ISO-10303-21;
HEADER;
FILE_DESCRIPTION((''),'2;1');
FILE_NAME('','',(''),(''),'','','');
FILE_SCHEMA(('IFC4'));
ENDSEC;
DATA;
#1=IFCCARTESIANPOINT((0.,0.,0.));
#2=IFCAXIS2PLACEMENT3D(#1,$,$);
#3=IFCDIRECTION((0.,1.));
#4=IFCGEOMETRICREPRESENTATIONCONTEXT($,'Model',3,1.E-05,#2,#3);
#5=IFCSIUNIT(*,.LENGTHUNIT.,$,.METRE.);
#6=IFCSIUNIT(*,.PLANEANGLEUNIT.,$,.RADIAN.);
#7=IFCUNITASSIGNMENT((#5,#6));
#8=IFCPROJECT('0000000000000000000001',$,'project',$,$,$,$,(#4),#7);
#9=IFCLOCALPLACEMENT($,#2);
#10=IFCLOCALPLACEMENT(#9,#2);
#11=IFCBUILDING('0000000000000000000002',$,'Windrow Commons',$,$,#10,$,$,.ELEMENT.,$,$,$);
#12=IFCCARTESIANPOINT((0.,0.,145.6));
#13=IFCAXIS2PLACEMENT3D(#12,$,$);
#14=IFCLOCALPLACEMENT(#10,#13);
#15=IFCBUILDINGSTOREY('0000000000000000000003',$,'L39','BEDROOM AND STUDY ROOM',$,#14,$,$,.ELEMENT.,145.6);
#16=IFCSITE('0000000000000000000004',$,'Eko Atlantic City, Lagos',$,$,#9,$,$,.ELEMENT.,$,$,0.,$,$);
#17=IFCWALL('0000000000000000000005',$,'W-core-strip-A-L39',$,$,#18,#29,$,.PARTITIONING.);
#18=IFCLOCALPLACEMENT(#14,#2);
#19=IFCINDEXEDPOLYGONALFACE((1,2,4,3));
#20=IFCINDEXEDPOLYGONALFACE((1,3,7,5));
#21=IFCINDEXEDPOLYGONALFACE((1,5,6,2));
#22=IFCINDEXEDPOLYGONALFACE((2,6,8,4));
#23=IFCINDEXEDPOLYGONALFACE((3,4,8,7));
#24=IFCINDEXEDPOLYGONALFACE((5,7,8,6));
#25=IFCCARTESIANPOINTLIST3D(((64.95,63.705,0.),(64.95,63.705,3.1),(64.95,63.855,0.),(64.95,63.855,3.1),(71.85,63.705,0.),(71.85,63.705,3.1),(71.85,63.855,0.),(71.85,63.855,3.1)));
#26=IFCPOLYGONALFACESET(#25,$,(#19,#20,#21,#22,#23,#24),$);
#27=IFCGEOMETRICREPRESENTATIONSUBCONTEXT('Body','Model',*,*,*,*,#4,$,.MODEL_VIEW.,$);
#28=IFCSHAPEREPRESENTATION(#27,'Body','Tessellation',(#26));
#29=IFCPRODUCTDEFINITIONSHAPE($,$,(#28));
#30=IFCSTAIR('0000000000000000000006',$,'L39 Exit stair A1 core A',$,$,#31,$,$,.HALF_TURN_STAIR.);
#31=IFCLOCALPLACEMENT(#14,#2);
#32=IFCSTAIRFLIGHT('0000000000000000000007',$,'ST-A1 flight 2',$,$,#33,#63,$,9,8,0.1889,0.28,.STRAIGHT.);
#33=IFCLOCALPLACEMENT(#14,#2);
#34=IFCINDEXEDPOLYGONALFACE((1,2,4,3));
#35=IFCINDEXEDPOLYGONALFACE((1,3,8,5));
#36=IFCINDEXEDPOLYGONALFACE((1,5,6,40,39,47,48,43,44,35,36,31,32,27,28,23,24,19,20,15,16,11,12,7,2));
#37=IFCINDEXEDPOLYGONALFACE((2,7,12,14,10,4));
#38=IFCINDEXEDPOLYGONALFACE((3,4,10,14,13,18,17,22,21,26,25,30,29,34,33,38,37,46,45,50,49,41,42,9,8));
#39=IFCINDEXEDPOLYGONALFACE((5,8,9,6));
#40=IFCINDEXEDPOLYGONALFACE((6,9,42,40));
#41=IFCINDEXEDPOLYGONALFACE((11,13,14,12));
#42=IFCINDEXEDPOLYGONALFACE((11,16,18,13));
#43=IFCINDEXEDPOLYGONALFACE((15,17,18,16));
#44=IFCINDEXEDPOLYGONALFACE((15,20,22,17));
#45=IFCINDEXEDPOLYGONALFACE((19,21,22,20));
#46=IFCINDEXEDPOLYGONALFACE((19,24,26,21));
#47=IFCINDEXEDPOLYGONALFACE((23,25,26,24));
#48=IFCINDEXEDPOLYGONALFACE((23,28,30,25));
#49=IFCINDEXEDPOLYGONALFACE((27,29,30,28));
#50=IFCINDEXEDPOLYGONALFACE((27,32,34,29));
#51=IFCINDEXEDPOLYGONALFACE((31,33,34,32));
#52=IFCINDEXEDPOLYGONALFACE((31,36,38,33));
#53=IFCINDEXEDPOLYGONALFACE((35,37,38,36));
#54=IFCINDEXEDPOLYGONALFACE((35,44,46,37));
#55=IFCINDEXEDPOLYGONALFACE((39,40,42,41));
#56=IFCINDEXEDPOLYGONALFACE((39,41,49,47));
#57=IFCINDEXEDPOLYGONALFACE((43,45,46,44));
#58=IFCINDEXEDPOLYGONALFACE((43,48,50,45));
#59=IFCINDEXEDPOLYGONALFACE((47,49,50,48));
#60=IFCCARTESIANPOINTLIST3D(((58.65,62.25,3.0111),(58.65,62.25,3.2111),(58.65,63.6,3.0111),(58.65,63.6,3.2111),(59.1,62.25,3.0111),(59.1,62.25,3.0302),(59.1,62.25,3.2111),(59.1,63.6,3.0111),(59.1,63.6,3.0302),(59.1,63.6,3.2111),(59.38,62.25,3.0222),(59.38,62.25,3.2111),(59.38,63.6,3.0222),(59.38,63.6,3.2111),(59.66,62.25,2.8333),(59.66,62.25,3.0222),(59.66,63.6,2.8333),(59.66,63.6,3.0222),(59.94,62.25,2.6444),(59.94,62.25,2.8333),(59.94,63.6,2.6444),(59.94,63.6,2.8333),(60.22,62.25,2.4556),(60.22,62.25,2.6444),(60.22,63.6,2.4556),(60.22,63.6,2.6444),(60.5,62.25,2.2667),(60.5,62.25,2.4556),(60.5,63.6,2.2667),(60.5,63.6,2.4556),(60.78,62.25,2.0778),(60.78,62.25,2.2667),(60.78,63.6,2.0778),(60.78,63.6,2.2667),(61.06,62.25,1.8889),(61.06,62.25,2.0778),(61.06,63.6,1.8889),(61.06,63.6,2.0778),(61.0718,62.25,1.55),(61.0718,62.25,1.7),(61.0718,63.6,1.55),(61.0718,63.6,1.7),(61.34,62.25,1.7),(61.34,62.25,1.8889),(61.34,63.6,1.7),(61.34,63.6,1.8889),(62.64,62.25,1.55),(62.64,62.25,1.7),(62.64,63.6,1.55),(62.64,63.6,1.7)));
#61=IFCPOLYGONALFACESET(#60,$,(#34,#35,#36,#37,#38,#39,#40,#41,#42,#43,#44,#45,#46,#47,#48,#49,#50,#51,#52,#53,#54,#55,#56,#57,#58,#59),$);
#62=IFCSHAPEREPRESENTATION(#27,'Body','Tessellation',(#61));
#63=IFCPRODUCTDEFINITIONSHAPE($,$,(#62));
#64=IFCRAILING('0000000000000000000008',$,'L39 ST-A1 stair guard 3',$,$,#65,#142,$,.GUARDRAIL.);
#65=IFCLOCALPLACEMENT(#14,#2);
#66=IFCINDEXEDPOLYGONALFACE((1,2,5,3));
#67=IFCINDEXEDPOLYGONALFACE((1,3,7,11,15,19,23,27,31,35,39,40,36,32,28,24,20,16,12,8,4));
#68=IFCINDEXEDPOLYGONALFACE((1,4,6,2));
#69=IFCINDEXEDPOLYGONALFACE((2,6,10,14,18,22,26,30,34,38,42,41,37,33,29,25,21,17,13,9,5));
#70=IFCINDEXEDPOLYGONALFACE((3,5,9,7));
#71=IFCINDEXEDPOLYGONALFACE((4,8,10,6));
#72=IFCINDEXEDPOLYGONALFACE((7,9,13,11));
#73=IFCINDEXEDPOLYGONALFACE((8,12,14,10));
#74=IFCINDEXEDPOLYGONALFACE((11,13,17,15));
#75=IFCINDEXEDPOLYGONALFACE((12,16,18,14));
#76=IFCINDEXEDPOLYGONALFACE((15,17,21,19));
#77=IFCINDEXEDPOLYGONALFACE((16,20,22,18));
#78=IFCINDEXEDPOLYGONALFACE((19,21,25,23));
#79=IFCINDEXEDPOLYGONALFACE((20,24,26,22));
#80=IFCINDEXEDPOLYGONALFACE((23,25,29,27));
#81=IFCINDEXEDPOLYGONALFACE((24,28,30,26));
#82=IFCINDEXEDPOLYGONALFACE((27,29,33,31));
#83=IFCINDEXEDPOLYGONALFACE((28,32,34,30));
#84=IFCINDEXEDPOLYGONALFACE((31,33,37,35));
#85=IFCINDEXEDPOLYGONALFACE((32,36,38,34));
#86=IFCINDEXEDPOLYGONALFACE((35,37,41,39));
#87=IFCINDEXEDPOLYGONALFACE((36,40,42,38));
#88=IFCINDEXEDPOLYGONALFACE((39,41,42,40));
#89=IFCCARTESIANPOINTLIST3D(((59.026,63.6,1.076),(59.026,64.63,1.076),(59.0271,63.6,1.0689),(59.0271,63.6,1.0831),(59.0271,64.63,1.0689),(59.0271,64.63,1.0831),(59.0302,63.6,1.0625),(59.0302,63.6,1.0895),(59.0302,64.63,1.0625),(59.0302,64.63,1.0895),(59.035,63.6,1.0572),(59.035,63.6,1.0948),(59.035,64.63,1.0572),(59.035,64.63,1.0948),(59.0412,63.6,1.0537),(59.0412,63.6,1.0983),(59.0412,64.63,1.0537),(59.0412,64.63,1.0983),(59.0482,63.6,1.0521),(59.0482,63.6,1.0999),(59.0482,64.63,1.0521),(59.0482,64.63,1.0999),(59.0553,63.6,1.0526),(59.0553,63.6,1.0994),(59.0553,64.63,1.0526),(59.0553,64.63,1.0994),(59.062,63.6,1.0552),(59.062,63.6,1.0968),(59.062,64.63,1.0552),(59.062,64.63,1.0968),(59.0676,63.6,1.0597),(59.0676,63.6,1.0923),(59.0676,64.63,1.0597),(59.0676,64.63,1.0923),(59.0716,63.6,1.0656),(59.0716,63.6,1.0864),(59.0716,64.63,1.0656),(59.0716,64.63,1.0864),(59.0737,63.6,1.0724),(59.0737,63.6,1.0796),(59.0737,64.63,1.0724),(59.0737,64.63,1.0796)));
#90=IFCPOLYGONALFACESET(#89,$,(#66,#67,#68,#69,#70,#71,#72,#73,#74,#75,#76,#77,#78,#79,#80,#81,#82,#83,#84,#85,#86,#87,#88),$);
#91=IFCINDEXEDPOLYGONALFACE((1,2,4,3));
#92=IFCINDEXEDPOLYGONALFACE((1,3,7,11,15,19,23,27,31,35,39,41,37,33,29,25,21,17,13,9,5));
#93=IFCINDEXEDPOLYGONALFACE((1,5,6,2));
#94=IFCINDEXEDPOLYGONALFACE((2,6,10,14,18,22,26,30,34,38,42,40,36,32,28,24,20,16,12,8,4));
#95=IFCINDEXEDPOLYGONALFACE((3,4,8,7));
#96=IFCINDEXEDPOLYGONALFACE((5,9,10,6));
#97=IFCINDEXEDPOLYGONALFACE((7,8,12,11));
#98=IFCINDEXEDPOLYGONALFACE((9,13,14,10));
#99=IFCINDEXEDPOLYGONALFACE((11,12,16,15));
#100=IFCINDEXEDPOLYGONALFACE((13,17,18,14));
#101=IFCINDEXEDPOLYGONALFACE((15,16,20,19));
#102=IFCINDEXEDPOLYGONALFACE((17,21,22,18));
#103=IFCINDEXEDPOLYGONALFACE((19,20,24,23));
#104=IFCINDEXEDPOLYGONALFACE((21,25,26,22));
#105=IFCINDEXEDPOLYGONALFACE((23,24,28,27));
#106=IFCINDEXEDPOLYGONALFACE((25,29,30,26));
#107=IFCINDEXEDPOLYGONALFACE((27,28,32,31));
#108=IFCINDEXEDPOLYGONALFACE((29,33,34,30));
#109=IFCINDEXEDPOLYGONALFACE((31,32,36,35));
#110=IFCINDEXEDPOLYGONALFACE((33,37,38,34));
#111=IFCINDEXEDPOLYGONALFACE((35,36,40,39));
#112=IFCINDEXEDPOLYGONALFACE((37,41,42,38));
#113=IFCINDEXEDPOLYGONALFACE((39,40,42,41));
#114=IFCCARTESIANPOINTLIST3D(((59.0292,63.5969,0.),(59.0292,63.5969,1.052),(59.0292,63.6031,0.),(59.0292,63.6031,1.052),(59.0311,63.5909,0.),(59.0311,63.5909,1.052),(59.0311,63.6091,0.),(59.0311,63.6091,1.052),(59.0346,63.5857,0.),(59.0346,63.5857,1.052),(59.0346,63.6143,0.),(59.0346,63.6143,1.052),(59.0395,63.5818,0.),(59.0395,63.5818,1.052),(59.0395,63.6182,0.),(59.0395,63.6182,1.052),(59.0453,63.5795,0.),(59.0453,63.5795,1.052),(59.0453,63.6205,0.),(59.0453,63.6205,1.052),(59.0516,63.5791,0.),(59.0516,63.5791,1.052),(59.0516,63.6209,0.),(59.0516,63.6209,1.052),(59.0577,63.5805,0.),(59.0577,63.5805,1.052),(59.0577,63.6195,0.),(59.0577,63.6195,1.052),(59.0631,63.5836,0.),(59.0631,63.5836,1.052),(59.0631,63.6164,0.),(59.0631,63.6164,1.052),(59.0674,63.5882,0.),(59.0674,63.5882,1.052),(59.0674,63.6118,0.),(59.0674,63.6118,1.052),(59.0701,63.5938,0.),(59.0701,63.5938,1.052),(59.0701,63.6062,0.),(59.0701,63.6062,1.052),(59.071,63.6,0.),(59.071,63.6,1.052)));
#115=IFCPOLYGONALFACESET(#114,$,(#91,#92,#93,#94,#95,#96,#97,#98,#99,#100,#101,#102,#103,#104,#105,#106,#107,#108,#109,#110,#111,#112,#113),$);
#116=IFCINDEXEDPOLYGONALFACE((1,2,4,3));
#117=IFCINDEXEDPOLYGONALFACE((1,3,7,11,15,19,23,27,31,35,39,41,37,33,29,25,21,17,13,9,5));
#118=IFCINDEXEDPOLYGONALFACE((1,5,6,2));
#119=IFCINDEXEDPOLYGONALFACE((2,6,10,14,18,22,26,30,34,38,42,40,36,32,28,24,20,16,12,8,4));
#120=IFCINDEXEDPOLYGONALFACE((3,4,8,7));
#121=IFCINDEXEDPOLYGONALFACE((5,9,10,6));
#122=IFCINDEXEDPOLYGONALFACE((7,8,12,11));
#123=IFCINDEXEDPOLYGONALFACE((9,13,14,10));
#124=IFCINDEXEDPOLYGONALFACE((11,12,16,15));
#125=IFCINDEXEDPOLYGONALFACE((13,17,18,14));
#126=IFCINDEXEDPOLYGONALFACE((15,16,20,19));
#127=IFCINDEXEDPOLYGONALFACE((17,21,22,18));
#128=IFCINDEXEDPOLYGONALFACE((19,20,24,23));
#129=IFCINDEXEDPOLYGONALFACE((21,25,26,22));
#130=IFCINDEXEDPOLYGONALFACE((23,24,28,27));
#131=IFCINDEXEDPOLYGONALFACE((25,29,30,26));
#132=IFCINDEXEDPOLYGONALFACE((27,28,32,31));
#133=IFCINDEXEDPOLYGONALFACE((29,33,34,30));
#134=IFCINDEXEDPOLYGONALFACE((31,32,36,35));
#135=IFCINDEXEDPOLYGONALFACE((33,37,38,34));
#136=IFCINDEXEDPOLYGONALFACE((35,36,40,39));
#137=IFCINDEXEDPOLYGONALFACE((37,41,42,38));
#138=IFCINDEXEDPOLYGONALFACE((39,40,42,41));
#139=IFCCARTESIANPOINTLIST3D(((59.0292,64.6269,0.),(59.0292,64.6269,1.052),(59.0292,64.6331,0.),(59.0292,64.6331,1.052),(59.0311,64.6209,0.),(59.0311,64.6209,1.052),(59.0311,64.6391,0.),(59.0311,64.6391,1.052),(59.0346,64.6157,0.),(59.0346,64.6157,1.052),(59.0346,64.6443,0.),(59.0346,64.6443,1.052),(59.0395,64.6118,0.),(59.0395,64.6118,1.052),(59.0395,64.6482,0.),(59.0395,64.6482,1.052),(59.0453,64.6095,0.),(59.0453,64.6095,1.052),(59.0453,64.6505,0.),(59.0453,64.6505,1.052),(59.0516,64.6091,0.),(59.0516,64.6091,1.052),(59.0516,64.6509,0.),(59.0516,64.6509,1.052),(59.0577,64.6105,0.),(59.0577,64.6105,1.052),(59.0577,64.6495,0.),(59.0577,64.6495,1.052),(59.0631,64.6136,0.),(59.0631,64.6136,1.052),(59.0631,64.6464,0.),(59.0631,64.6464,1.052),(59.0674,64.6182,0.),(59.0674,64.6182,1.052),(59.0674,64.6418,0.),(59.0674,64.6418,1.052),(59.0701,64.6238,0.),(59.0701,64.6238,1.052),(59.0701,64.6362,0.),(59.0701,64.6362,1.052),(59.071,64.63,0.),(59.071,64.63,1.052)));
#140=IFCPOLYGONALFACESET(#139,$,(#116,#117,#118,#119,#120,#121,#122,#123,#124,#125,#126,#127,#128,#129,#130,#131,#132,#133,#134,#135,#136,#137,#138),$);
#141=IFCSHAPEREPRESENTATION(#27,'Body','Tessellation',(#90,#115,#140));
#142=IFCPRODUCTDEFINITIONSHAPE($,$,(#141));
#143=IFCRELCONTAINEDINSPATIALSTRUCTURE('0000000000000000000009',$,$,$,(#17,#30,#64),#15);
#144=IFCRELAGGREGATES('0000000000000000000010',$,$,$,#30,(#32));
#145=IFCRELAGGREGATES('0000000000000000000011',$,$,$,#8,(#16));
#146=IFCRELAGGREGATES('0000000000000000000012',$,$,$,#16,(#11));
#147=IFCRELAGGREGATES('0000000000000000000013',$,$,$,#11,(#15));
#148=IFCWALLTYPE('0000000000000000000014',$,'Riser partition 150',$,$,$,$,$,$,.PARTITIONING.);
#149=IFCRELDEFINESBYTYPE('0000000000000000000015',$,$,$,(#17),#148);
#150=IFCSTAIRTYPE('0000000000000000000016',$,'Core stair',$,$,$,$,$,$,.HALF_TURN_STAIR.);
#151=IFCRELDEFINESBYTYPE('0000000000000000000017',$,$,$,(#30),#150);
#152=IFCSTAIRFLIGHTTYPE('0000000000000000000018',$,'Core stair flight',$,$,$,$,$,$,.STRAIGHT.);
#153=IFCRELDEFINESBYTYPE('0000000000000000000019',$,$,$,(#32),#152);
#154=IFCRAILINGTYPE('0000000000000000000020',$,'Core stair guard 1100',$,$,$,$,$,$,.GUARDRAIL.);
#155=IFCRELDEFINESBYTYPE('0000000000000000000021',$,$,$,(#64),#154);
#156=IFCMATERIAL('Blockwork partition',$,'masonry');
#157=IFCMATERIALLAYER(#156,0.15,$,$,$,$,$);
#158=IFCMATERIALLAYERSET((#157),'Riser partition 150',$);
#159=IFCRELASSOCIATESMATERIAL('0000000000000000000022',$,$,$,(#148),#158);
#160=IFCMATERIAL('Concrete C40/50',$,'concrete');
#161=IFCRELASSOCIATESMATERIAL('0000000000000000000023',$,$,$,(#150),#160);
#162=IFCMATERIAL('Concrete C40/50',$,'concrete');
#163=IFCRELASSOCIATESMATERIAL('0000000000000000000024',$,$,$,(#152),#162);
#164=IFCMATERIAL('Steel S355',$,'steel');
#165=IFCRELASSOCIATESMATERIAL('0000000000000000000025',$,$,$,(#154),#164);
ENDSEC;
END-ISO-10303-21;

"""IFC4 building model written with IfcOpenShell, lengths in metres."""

from ifc_helpers import new_model, si_unit, direction, frame, frame_2d, origin, origin_2d, place, context, subcontext, project, spatial, polyline, rectangle, circle, outline, extrude, material, layer, layer_set, type_object, element, aggregate, save


model = new_model("IFC4")

# Units and contexts
model_context = context("Model", 3, precision=1e-05, world=origin(), true_north=direction((0.0, 1.0)))
body_context = subcontext(model_context, "Body", "Model", "MODEL_VIEW")
ifc_project = project(units=[si_unit("LENGTHUNIT", "METRE"), si_unit("PLANEANGLEUNIT", "RADIAN")], contexts=[model_context])

# Site, building, storey
site_placement = place(None, origin())
site = spatial("IfcSite", under=ifc_project, at=site_placement, Name="Eko Atlantic City, Lagos", CompositionType="ELEMENT", RefElevation=0.0)
building_placement = place(site_placement, origin())
building = spatial("IfcBuilding", under=site, at=building_placement, Name="Windrow Commons", CompositionType="ELEMENT")
storey_placement = place(building_placement, frame((0.0, 0.0, 145.6)))
storey = spatial("IfcBuildingStorey", under=building, at=storey_placement, Name="L39", Description="BEDROOM AND STUDY ROOM", CompositionType="ELEMENT", Elevation=145.6)

# Wall
ifc_material_1 = material(Name="Blockwork partition", Category="masonry")
ifc_layer_1 = layer(ifc_material_1, 0.15)
ifc_layer_set_1 = layer_set([ifc_layer_1], Name="Riser partition 150")
wall_type_1 = type_object("IfcWallType", Name="Riser partition 150", PredefinedType="PARTITIONING", material=ifc_layer_set_1)
wall_1_placement = place(storey_placement, frame((64.95, 63.78, 0.0), z_axis=(0.0, 0.0, 1.0), x_axis=(1.0, 0.0, 0.0)))
element("IfcWall", 1, at=wall_1_placement, inside=storey, type_object=wall_type_1, Name="W-core-strip-A-L39", PredefinedType="PARTITIONING", context=body_context, shape_type="SweptSolid", body=[
    extrude(rectangle(XDim=6.9, YDim=0.15, at=frame_2d((3.45, 0.0))), origin(), (0.0, 0.0, 1.0), 3.1),
])

# Stair, stair flight
ifc_material_2 = material(Name="Concrete C40/50", Category="concrete")
stair_type = type_object("IfcStairType", Name="Core stair", PredefinedType="HALF_TURN_STAIR", material=ifc_material_2)
stair_placement = place(storey_placement, origin())
stair = element("IfcStair", 2, at=stair_placement, inside=storey, type_object=stair_type, Name="L39 Exit stair A1 core A", PredefinedType="HALF_TURN_STAIR")
ifc_material_3 = material(Name="Concrete C40/50", Category="concrete")
stair_flight_type = type_object("IfcStairFlightType", Name="Core stair flight", PredefinedType="STRAIGHT", material=ifc_material_3)
stair_flight_placement = place(storey_placement, frame((61.34, 62.925, 1.7), z_axis=(0.0, 0.0, 1.0), x_axis=(-1.0, 0.0, 0.0)))
stair_flight = element("IfcStairFlight", 3, at=stair_flight_placement, type_object=stair_flight_type, Name="ST-A1 flight 2", NumberOfRisers=9, NumberOfTreads=8, PredefinedType="STRAIGHT", RiserHeight=0.1889, TreadLength=0.28, context=body_context, shape_type="SweptSolid", body=[
    extrude(outline(polyline([(-1.3, -0.15), (-1.3, 0.0), (0.0, 0.0), (0.0, 0.1889), (0.28, 0.1889), (0.28, 0.3778), (0.56, 0.3778), (0.56, 0.5667), (0.84, 0.5667), (0.84, 0.7556), (1.12, 0.7556), (1.12, 0.9444), (1.4, 0.9444), (1.4, 1.1333), (1.68, 1.1333), (1.68, 1.3222), (1.96, 1.3222), (1.96, 1.5111), (2.24, 1.5111), (2.69, 1.5111), (2.69, 1.3111), (2.24, 1.3111), (2.24, 1.3302), (0.2682, 0.0), (0.2682, -0.15), (-1.3, -0.15)])), frame((0.0, 0.675, 0.0), z_axis=(0.0, -1.0, 0.0), x_axis=(1.0, 0.0, 0.0)), (0.0, 0.0, 1.0), 1.35),
])
aggregate(stair, [stair_flight])

# Railing
ifc_material_4 = material(Name="Steel S355", Category="steel")
railing_type_1 = type_object("IfcRailingType", Name="Core stair guard 1100", PredefinedType="GUARDRAIL", material=ifc_material_4)
for number, where, name in (
    (4, (59.05, 63.6, 0.0), "L39 ST-A1 stair guard 3"),
):
    element("IfcRailing", number, at=place(storey_placement, frame(where)), inside=storey, type_object=railing_type_1, Name=name, PredefinedType="GUARDRAIL", context=body_context, shape_type="SweptSolid", body=[
        extrude(circle(Radius=0.024, at=origin_2d()), frame((0.0, 0.0, 1.076), z_axis=(0.0, 1.0, 0.0), x_axis=(-1.0, 0.0, 0.0)), (0.0, 0.0, 1.0), 1.03),
        extrude(circle(Radius=0.021, at=origin_2d()), origin(), (0.0, 0.0, 1.0), 1.052),
        extrude(circle(Radius=0.021, at=origin_2d()), frame((0.0, 1.03, 0.0)), (0.0, 0.0, 1.0), 1.052),
    ])

save(model, "model.ifc")
